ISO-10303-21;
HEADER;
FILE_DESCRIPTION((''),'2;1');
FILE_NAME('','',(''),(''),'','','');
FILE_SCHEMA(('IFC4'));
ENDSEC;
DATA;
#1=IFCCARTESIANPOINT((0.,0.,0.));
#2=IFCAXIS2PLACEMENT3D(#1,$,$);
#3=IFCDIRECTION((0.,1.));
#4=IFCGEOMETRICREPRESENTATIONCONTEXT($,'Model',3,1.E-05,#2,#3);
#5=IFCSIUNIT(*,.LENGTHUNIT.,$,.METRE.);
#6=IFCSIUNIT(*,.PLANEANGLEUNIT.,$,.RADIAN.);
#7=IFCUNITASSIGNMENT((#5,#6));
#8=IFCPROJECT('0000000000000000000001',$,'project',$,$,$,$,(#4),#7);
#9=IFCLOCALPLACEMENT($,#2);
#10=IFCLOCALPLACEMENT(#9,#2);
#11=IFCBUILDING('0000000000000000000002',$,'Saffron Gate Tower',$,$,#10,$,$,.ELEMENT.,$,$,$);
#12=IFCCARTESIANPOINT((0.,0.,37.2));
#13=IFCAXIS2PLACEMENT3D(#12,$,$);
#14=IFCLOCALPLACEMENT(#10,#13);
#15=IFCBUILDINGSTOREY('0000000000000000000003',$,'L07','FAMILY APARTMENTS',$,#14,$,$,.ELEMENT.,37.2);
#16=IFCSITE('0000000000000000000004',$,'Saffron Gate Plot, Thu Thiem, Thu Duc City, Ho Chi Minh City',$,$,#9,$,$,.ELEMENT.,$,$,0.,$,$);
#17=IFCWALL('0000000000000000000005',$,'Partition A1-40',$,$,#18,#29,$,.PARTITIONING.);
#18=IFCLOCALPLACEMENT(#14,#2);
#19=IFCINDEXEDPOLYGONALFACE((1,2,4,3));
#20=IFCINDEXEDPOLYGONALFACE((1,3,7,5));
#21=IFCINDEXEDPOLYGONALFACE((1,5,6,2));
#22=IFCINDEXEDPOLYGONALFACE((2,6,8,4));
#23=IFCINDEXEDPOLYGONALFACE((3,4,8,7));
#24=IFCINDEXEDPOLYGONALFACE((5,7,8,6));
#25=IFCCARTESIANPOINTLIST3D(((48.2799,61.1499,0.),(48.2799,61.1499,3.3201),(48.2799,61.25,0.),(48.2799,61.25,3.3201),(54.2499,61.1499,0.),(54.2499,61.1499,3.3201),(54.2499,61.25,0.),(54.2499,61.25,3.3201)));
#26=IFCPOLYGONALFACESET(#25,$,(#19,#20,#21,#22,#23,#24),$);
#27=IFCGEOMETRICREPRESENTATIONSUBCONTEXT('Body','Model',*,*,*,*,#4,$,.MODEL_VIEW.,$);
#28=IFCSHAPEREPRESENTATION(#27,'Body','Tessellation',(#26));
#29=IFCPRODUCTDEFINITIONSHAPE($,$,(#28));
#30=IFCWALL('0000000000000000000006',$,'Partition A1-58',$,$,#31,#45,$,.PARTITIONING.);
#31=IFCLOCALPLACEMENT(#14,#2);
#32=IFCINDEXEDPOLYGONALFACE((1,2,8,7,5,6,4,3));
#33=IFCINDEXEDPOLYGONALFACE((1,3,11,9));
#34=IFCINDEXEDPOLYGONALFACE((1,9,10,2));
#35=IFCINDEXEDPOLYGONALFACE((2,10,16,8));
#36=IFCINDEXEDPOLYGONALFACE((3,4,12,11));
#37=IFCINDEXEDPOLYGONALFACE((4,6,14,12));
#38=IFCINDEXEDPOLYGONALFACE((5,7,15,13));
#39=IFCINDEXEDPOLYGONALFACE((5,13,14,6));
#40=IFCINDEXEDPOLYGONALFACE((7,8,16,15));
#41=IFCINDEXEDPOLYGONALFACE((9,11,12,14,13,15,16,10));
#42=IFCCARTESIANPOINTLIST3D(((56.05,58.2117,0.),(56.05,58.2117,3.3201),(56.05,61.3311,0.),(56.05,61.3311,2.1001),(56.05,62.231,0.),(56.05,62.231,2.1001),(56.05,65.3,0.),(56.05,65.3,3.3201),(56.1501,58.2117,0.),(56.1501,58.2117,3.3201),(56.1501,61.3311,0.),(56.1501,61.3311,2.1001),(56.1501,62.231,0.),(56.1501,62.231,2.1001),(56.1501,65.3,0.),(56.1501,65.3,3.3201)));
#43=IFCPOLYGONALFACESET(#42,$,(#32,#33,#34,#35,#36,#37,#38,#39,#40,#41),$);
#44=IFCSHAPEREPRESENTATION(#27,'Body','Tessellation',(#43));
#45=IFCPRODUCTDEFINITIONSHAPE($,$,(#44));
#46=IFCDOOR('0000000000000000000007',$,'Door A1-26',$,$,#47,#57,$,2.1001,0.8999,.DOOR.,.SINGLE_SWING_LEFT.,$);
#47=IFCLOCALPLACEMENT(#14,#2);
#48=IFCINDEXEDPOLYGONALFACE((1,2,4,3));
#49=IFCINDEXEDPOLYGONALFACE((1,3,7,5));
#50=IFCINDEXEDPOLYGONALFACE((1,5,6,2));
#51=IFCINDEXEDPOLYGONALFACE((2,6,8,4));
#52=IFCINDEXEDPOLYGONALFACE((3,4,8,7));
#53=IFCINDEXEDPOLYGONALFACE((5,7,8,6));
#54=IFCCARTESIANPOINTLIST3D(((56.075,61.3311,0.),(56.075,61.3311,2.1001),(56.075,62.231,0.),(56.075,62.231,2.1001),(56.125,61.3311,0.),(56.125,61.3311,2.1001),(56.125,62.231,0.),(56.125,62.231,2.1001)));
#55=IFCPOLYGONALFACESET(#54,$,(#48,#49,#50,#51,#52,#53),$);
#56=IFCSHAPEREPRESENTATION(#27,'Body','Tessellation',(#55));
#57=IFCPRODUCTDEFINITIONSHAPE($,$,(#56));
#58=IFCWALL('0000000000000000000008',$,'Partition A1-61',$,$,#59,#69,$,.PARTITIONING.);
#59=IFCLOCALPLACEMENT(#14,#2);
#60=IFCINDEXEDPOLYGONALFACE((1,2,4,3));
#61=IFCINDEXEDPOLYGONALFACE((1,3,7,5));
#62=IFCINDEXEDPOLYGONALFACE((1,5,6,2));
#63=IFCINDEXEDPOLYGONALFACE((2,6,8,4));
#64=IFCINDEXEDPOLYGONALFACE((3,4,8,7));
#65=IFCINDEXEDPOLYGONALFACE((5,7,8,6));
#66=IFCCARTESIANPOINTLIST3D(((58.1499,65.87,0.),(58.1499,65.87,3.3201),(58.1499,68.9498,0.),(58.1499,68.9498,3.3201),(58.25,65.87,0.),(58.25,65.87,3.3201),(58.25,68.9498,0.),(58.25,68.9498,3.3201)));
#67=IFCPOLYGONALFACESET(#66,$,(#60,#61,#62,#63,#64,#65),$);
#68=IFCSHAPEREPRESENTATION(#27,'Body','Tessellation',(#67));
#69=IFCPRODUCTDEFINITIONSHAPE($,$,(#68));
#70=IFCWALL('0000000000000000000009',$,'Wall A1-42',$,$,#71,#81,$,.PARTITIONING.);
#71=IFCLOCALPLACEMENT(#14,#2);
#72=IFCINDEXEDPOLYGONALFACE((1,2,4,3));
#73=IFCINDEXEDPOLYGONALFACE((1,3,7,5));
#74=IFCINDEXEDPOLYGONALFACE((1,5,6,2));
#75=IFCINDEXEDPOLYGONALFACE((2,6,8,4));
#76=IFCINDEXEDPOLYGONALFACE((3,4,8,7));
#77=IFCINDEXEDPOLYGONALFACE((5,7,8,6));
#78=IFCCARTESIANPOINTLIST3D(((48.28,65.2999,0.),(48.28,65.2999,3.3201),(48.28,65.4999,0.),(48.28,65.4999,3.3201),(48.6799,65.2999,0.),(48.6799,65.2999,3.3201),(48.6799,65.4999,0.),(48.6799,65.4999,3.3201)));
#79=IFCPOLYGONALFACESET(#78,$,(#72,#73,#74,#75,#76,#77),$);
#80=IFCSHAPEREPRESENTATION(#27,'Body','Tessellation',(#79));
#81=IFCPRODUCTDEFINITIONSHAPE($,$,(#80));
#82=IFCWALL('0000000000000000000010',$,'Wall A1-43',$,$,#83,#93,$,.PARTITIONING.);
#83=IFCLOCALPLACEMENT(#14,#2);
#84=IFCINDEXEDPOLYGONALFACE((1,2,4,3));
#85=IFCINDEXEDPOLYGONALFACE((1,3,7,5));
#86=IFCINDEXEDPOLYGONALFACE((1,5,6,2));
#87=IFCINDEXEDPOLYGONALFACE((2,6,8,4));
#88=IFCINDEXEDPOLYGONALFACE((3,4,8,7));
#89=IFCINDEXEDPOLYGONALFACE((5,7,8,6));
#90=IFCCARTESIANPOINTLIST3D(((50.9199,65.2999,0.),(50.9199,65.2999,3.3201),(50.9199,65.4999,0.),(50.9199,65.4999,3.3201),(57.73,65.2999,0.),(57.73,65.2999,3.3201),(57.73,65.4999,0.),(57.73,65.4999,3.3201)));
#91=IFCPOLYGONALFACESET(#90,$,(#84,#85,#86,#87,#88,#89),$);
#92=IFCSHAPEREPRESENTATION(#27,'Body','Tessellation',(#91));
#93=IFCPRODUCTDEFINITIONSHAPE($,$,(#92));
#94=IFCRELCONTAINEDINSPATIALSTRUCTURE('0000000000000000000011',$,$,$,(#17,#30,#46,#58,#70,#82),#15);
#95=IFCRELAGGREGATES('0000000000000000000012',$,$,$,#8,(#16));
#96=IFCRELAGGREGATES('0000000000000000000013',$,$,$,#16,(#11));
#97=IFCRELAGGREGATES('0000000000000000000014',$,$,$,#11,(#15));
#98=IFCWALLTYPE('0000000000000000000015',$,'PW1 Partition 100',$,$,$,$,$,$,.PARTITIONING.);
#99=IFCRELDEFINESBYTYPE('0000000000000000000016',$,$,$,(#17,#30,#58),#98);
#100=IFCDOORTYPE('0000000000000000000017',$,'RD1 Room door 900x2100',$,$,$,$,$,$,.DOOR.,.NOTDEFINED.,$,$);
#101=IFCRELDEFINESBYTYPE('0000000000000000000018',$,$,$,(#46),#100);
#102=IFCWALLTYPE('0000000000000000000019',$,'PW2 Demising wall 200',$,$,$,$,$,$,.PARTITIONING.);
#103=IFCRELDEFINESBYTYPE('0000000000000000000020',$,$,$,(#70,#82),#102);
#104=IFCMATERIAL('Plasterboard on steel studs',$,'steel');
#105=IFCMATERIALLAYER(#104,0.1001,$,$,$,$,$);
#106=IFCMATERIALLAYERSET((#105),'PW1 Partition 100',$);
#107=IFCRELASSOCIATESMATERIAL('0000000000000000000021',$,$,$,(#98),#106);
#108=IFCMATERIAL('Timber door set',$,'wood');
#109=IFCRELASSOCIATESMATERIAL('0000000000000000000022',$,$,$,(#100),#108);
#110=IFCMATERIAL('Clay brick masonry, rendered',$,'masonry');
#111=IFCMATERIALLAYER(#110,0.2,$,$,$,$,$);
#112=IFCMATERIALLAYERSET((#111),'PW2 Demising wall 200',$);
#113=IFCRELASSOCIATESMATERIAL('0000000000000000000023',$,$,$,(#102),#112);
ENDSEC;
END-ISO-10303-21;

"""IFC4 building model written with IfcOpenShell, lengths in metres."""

from ifc_helpers import new_model, si_unit, direction, frame, frame_2d, origin, place, context, subcontext, project, spatial, rectangle, extrude, material, layer, layer_set, type_object, element, fill, save


model = new_model("IFC4")

# Units and contexts
model_context = context("Model", 3, precision=1e-05, world=origin(), true_north=direction((0.0, 1.0)))
body_context = subcontext(model_context, "Body", "Model", "MODEL_VIEW")
ifc_project = project(units=[si_unit("LENGTHUNIT", "METRE"), si_unit("PLANEANGLEUNIT", "RADIAN")], contexts=[model_context])

# Site, building, storey
site_placement = place(None, origin())
site = spatial("IfcSite", under=ifc_project, at=site_placement, Name="Saffron Gate Plot, Thu Thiem, Thu Duc City, Ho Chi Minh City", CompositionType="ELEMENT", RefElevation=0.0)
building_placement = place(site_placement, origin())
building = spatial("IfcBuilding", under=site, at=building_placement, Name="Saffron Gate Tower", CompositionType="ELEMENT")
storey_placement = place(building_placement, frame((0.0, 0.0, 37.2)))
storey = spatial("IfcBuildingStorey", under=building, at=storey_placement, Name="L07", Description="FAMILY APARTMENTS", CompositionType="ELEMENT", Elevation=37.2)

# Wall
ifc_material_1 = material(Name="Plasterboard on steel studs", Category="steel")
ifc_layer_1 = layer(ifc_material_1, 0.1001)
ifc_layer_set_1 = layer_set([ifc_layer_1], Name="PW1 Partition 100")
wall_type_1 = type_object("IfcWallType", Name="PW1 Partition 100", PredefinedType="PARTITIONING", material=ifc_layer_set_1)
wall_1_placement = place(storey_placement, frame((48.28, 61.2, 0.0), z_axis=(0.0, 0.0, 1.0), x_axis=(1.0, 0.0, 0.0)))
element("IfcWall", 1, at=wall_1_placement, inside=storey, type_object=wall_type_1, Name="Partition A1-40", PredefinedType="PARTITIONING", context=body_context, shape_type="SweptSolid", body=[
    extrude(rectangle(XDim=5.97, YDim=0.1001, at=frame_2d((2.9849, 0.0))), origin(), (0.0, 0.0, 1.0), 3.3201),
])

# Wall, opening, door
wall_2_placement = place(storey_placement, frame((56.1001, 65.3, 0.0), z_axis=(0.0, 0.0, 1.0), x_axis=(0.0, -1.0, 0.0)))
wall_2 = element("IfcWall", 2, at=wall_2_placement, inside=storey, type_object=wall_type_1, Name="Partition A1-58", PredefinedType="PARTITIONING", context=body_context, shape_type="SweptSolid", body=[
    extrude(rectangle(XDim=7.0884, YDim=0.1001, at=frame_2d((3.5442, 0.0))), origin(), (0.0, 0.0, 1.0), 3.3201),
])
opening_placement = place(wall_2_placement, frame((3.0691, 0.0, 0.0)))
opening = element("IfcOpeningElement", 3, at=opening_placement, cuts=wall_2, PredefinedType="OPENING", context=body_context, shape_type="SweptSolid", body=[
    extrude(rectangle(XDim=0.8999, YDim=2.1001, at=frame_2d((0.45, 1.05))), frame((0.0, 0.0601, 0.0), z_axis=(0.0, -1.0, 0.0), x_axis=(1.0, 0.0, 0.0)), (0.0, 0.0, 1.0), 0.1201),
])
ifc_material_2 = material(Name="Timber door set", Category="wood")
door_type = type_object("IfcDoorType", Name="RD1 Room door 900x2100", OperationType="NOTDEFINED", PredefinedType="DOOR", material=ifc_material_2)
door_placement = place(opening_placement, origin())
door = element("IfcDoor", 4, at=door_placement, inside=storey, type_object=door_type, Name="Door A1-26", OperationType="SINGLE_SWING_LEFT", OverallHeight=2.1001, OverallWidth=0.8999, PredefinedType="DOOR", context=body_context, shape_type="SweptSolid", body=[
    extrude(rectangle(XDim=0.8999, YDim=2.1001, at=frame_2d((0.45, 1.05))), frame((0.0, 0.0249, 0.0), z_axis=(0.0, -1.0, 0.0), x_axis=(1.0, 0.0, 0.0)), (0.0, 0.0, 1.0), 0.05),
])
fill(opening, door)

# Walls
wall_3_placement = place(storey_placement, frame((58.2, 68.95, 0.0), z_axis=(0.0, 0.0, 1.0), x_axis=(0.0, -1.0, 0.0)))
element("IfcWall", 5, at=wall_3_placement, inside=storey, type_object=wall_type_1, Name="Partition A1-61", PredefinedType="PARTITIONING", context=body_context, shape_type="SweptSolid", body=[
    extrude(rectangle(XDim=3.0798, YDim=0.1001, at=frame_2d((1.54, 0.0))), origin(), (0.0, 0.0, 1.0), 3.3201),
])
ifc_material_3 = material(Name="Clay brick masonry, rendered", Category="masonry")
ifc_layer_2 = layer(ifc_material_3, 0.2)
ifc_layer_set_2 = layer_set([ifc_layer_2], Name="PW2 Demising wall 200")
wall_type_2 = type_object("IfcWallType", Name="PW2 Demising wall 200", PredefinedType="PARTITIONING", material=ifc_layer_set_2)
wall_4_placement = place(storey_placement, frame((48.28, 65.3999, 0.0), z_axis=(0.0, 0.0, 1.0), x_axis=(1.0, 0.0, 0.0)))
element("IfcWall", 6, at=wall_4_placement, inside=storey, type_object=wall_type_2, Name="Wall A1-42", PredefinedType="PARTITIONING", context=body_context, shape_type="SweptSolid", body=[
    extrude(rectangle(XDim=0.3999, YDim=0.2, at=frame_2d((0.2, 0.0))), origin(), (0.0, 0.0, 1.0), 3.3201),
])
wall_5_placement = place(storey_placement, frame((50.9199, 65.3999, 0.0), z_axis=(0.0, 0.0, 1.0), x_axis=(1.0, 0.0, 0.0)))
element("IfcWall", 7, at=wall_5_placement, inside=storey, type_object=wall_type_2, Name="Wall A1-43", PredefinedType="PARTITIONING", context=body_context, shape_type="SweptSolid", body=[
    extrude(rectangle(XDim=6.8101, YDim=0.2, at=frame_2d((3.405, 0.0))), origin(), (0.0, 0.0, 1.0), 3.3201),
])

save(model, "model.ifc")
